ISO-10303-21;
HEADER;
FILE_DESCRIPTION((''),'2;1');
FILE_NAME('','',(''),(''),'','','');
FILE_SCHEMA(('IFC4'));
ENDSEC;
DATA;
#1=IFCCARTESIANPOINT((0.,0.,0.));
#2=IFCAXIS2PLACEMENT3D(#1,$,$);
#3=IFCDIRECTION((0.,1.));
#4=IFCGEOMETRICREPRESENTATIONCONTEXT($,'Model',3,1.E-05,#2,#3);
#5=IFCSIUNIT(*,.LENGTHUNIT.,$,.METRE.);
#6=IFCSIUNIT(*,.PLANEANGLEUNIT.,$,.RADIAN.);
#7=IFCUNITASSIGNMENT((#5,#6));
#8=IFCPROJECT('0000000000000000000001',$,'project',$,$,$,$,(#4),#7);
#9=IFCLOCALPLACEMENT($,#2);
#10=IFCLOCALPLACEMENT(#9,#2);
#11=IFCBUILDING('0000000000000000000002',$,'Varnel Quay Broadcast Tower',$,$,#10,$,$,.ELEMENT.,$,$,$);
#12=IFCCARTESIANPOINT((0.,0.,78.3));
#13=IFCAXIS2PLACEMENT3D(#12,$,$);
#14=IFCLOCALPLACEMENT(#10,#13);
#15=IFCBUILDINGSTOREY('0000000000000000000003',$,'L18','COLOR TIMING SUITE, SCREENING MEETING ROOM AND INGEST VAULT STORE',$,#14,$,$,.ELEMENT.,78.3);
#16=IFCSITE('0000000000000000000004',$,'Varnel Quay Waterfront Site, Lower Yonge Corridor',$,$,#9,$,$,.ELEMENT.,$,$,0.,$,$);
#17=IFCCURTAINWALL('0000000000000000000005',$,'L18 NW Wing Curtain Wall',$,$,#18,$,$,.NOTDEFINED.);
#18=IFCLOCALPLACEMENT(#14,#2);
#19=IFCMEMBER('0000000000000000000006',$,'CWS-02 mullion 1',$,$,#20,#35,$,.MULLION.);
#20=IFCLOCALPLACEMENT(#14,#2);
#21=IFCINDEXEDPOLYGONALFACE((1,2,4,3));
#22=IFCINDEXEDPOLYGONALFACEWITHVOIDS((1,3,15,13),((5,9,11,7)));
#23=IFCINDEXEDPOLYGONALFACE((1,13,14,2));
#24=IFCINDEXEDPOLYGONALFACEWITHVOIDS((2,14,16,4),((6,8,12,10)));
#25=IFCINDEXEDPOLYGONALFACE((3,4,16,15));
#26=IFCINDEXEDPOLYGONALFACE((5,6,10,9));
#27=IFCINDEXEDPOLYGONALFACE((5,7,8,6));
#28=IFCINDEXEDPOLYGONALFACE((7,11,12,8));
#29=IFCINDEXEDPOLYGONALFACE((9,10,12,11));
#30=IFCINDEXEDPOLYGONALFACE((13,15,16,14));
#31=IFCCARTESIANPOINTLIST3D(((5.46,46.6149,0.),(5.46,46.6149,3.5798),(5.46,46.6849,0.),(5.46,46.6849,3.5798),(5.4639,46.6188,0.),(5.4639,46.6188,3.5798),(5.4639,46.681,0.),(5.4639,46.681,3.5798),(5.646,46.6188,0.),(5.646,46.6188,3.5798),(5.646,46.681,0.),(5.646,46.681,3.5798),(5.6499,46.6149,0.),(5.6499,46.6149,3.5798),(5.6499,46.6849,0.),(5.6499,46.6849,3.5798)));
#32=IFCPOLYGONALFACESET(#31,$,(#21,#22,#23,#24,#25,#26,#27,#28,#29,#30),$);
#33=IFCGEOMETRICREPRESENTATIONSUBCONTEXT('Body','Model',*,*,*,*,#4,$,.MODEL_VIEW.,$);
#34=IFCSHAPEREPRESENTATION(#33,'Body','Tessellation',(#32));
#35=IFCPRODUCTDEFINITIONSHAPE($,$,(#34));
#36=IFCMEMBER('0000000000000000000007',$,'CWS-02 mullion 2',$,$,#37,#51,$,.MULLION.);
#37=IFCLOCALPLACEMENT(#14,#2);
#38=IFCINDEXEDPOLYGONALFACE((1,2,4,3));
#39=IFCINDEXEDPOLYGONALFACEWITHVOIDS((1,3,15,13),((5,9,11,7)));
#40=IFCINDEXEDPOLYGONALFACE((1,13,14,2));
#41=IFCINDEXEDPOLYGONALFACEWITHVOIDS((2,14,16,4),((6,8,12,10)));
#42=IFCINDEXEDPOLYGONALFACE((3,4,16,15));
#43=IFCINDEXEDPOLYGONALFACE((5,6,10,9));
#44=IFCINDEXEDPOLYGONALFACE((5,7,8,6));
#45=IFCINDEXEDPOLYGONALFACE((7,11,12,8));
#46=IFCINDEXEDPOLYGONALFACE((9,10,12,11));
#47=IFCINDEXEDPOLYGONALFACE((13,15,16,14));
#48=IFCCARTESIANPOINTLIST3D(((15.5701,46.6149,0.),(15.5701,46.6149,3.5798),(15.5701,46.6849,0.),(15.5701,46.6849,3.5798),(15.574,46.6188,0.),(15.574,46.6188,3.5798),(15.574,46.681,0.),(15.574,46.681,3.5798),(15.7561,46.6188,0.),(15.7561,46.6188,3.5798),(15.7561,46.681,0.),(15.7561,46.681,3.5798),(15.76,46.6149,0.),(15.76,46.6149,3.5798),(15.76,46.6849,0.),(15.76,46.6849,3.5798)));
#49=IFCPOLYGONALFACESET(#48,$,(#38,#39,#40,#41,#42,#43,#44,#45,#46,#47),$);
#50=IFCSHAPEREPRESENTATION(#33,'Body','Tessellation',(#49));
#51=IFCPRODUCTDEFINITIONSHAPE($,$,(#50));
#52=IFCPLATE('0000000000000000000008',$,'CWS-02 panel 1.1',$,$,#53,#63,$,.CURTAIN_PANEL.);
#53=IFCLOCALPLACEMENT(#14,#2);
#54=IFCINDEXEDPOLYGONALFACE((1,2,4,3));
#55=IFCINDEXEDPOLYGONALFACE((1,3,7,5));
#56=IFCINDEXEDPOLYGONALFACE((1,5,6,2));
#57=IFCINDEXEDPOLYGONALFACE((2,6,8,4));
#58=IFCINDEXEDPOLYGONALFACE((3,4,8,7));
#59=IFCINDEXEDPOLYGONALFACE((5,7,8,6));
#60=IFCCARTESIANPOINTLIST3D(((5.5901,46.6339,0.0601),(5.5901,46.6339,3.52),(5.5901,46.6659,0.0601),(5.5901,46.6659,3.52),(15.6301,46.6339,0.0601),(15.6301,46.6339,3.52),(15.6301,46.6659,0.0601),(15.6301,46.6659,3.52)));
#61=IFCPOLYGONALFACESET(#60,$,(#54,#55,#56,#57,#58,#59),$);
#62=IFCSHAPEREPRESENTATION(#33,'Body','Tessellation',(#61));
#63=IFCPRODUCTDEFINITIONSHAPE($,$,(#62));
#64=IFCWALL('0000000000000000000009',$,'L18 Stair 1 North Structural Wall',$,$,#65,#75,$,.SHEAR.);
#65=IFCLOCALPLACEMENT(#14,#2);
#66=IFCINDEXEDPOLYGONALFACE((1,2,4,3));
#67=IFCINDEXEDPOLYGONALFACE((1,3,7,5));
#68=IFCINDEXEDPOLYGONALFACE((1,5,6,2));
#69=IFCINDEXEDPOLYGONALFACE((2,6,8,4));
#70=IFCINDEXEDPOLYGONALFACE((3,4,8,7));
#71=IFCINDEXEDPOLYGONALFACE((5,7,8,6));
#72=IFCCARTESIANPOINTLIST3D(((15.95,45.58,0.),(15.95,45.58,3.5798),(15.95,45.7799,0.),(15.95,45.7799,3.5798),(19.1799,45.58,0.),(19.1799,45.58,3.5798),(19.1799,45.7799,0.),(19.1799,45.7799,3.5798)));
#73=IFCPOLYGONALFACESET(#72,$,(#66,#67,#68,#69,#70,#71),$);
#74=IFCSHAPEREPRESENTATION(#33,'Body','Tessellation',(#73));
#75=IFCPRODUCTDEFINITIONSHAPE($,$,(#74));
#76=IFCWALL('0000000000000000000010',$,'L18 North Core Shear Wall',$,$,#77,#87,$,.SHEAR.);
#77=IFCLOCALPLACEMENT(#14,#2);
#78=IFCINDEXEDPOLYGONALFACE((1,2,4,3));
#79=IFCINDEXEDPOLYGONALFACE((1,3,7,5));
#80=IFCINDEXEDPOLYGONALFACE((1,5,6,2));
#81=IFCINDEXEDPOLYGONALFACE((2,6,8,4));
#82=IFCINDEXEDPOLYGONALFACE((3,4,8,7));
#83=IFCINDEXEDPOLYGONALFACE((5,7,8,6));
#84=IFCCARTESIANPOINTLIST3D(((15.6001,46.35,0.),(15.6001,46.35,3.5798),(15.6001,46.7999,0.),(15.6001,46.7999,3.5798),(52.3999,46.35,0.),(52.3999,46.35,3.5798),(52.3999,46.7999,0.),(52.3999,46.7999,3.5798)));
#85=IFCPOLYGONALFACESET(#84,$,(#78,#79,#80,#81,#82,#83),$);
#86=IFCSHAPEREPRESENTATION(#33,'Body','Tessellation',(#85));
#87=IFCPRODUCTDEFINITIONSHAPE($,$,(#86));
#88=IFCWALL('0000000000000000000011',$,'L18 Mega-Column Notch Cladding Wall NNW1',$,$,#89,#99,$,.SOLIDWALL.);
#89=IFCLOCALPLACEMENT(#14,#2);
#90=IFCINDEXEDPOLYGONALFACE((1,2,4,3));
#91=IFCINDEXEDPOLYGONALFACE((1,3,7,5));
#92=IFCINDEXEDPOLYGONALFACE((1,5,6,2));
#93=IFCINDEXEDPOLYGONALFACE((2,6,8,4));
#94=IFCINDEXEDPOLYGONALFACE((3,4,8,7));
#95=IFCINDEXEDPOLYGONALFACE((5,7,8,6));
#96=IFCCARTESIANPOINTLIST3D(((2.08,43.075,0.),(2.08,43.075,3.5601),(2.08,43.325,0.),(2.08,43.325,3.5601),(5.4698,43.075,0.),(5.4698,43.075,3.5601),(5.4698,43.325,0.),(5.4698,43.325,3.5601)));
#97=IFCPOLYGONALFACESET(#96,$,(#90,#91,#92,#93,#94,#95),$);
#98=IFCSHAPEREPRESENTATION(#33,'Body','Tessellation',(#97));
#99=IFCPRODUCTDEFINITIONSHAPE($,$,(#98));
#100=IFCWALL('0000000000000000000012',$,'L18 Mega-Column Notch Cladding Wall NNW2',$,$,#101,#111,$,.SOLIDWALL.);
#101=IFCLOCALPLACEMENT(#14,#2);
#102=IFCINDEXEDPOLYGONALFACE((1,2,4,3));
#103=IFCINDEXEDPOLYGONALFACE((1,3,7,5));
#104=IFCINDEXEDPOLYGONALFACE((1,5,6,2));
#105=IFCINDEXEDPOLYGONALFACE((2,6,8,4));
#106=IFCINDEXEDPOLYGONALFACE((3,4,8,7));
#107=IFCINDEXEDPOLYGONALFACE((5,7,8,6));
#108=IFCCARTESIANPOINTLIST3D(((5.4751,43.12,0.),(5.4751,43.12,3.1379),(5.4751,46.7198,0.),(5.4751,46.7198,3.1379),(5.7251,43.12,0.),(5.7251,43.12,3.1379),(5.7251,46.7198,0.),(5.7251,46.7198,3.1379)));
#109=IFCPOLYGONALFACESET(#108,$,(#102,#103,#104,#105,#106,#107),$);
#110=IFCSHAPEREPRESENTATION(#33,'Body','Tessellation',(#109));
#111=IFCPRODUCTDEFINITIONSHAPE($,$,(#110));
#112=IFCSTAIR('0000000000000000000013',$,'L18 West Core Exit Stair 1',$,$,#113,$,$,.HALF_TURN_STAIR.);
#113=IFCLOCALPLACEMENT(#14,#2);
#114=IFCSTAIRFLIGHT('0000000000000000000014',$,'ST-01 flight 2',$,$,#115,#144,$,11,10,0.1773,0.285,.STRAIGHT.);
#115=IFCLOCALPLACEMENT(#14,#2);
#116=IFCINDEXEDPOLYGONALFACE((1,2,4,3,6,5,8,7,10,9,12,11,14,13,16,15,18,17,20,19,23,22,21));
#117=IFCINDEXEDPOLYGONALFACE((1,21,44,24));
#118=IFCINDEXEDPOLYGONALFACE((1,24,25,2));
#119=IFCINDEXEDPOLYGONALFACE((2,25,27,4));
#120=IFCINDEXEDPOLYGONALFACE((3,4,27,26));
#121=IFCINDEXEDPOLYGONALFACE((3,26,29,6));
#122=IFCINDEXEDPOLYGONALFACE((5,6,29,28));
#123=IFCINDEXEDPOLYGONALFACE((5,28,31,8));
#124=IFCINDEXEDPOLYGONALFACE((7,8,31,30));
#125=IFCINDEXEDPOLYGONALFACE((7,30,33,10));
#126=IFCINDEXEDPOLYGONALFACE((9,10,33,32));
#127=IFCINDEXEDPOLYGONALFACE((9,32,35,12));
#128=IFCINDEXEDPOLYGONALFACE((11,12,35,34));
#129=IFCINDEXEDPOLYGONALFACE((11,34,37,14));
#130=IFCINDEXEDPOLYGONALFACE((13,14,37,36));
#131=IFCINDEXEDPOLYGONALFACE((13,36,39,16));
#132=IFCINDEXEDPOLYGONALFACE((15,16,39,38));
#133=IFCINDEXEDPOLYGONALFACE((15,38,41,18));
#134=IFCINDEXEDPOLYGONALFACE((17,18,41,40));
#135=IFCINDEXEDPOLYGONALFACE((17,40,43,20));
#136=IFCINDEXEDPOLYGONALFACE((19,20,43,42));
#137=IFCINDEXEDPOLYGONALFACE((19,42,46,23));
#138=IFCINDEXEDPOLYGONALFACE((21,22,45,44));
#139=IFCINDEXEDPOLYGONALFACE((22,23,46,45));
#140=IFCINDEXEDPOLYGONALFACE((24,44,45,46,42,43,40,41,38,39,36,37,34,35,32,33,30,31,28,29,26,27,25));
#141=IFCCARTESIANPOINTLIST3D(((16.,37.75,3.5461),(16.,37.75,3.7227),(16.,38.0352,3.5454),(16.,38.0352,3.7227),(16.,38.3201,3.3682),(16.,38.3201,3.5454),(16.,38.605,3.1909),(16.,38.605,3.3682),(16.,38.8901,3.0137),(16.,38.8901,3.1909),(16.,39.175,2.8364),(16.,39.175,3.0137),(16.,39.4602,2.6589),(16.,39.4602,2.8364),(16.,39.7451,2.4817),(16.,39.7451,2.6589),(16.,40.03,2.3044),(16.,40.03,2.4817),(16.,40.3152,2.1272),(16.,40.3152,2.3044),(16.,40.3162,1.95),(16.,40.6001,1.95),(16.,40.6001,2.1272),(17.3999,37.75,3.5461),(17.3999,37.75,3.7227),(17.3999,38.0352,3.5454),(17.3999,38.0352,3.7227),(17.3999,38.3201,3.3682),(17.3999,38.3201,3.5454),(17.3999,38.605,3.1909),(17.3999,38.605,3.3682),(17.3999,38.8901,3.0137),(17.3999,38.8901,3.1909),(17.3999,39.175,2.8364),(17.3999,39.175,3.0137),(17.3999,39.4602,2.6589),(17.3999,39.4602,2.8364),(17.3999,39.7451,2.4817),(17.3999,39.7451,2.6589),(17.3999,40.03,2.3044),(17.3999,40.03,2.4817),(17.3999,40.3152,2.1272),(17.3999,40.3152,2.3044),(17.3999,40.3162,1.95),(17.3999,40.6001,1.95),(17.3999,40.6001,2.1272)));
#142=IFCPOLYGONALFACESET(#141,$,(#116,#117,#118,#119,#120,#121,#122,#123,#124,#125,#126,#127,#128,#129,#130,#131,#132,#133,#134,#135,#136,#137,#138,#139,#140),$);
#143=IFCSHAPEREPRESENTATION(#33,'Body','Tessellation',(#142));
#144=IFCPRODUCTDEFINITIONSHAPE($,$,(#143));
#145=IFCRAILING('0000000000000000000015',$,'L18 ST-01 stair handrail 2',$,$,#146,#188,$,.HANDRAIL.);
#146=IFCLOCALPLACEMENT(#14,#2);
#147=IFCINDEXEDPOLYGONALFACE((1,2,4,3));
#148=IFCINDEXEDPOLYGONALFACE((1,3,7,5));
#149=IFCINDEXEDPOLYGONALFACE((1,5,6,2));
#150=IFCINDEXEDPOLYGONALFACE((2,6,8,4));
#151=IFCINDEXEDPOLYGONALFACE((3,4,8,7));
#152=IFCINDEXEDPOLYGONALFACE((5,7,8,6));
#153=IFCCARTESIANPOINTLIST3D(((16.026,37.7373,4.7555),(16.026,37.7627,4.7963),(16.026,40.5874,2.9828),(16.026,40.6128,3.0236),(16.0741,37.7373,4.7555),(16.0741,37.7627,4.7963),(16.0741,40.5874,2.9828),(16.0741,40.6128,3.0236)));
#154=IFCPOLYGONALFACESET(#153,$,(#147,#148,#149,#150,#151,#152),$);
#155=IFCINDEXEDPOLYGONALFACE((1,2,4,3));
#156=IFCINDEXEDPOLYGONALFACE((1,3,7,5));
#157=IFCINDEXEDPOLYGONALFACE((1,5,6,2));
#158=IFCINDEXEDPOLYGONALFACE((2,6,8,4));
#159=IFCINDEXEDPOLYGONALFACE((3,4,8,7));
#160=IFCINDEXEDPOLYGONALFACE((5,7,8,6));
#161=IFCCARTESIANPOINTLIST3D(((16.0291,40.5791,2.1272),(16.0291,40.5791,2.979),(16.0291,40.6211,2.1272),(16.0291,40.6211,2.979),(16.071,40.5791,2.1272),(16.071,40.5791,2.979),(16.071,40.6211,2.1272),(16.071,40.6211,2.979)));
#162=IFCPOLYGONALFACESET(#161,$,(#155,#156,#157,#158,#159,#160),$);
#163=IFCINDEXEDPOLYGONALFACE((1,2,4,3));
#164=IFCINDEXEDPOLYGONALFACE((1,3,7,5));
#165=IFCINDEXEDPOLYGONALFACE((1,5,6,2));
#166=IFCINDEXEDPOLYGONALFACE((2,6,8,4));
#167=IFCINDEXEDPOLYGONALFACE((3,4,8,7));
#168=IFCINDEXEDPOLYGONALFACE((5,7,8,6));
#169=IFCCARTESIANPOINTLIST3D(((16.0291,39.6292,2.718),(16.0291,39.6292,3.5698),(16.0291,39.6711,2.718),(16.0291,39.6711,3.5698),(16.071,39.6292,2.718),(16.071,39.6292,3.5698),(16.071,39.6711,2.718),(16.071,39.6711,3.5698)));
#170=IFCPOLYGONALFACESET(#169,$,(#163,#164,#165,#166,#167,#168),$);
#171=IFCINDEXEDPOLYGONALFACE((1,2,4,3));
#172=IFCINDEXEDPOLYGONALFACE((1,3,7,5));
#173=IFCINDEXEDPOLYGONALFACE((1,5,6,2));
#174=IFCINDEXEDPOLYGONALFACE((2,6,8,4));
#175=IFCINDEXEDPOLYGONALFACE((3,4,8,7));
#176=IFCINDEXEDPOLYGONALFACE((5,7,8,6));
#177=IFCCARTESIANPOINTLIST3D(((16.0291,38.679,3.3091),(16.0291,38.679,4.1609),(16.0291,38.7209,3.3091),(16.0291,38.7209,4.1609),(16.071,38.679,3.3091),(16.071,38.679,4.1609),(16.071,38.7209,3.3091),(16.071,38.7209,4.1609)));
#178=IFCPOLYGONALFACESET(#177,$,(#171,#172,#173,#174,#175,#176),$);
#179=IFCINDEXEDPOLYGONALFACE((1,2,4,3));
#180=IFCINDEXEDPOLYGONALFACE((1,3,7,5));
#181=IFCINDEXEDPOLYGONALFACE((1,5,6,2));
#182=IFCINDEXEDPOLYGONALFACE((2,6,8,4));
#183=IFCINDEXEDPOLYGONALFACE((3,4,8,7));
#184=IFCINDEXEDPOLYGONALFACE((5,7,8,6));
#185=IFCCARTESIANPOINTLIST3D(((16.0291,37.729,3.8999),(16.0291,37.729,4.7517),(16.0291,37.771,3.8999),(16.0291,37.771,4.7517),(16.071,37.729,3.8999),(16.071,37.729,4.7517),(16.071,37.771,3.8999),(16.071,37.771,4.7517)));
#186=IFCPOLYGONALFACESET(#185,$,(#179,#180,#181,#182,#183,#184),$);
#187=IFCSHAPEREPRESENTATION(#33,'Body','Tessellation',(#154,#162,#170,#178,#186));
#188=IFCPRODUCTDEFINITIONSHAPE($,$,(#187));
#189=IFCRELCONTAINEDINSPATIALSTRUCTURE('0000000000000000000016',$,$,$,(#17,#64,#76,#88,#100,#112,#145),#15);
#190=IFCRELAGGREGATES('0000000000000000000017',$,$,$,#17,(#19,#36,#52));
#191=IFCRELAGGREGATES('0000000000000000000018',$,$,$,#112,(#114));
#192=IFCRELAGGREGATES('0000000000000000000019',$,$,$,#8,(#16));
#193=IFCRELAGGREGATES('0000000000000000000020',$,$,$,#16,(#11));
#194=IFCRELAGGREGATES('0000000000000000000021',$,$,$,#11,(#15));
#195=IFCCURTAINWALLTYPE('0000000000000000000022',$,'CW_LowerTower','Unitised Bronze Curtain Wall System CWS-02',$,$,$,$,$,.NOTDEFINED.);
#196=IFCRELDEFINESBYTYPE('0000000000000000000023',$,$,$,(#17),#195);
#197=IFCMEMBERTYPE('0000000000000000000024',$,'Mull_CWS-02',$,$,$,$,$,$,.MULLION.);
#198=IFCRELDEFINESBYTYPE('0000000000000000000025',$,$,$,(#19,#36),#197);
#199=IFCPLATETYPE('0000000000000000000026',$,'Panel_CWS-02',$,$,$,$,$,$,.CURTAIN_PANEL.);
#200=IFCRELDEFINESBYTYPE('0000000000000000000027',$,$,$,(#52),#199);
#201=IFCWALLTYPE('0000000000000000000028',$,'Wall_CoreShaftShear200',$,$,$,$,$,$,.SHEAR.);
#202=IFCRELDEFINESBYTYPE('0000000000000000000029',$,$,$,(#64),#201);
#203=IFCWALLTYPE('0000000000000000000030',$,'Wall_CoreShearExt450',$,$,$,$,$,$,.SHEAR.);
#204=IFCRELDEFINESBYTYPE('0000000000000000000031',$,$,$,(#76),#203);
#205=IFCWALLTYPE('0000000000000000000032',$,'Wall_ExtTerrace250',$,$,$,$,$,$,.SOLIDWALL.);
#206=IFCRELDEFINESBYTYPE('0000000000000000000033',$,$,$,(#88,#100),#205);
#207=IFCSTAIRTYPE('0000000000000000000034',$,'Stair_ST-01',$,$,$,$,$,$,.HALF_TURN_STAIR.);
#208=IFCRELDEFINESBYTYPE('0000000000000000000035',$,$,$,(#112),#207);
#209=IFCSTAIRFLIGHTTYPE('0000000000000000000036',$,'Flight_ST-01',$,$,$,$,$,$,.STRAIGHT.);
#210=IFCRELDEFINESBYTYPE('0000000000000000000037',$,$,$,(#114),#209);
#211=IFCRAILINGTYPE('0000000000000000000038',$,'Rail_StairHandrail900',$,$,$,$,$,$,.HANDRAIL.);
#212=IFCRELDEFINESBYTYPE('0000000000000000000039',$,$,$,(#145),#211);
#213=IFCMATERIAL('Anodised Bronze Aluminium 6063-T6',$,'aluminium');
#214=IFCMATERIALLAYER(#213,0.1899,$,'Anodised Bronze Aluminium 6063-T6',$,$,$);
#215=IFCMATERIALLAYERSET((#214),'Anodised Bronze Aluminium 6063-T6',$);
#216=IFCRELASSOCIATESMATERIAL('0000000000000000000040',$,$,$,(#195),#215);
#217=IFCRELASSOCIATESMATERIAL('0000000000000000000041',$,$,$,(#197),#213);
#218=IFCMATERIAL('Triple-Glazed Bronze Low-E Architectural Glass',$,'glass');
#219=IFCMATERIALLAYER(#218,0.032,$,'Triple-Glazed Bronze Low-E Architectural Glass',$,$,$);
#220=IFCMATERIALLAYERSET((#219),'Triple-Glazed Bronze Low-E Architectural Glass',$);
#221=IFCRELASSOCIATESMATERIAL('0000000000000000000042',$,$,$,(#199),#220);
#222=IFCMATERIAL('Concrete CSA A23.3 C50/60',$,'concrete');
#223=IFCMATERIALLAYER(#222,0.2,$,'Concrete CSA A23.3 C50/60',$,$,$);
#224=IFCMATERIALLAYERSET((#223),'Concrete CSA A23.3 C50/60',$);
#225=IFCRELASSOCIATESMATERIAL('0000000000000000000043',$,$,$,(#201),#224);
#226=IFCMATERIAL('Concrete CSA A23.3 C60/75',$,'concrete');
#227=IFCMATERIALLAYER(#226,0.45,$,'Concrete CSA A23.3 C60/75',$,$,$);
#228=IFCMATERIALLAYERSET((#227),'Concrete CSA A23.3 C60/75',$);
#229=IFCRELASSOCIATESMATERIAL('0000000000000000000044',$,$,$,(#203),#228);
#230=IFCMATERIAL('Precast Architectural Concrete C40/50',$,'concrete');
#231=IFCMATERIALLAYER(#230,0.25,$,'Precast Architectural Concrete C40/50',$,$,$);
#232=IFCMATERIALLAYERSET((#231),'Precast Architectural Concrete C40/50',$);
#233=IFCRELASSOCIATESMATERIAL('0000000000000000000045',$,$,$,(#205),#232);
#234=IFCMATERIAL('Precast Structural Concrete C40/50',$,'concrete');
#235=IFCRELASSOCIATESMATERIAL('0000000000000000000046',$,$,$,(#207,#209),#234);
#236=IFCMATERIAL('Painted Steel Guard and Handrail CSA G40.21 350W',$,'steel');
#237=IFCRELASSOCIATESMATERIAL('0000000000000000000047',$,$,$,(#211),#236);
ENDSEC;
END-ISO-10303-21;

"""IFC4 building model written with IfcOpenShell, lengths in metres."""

from ifc_helpers import new_model, si_unit, direction, frame, frame_2d, origin, origin_2d, place, context, subcontext, project, spatial, polyline, rectangle, hollow_rectangle, outline, extrude, source, transform, mapped, material, layer, layer_set, material_profile, profile_set, type_object, type_shapes, element, aggregate, save


model = new_model("IFC4")

# Units and contexts
model_context = context("Model", 3, precision=1e-05, world=origin(), true_north=direction((0.0, 1.0)))
body_context = subcontext(model_context, "Body", "Model", "MODEL_VIEW")
ifc_project = project(units=[si_unit("LENGTHUNIT", "METRE"), si_unit("PLANEANGLEUNIT", "RADIAN")], contexts=[model_context])

# Site, building, storey
site_placement = place(None, origin())
site = spatial("IfcSite", under=ifc_project, at=site_placement, Name="Varnel Quay Waterfront Site, Lower Yonge Corridor", CompositionType="ELEMENT", RefElevation=0.0)
building_placement = place(site_placement, origin())
building = spatial("IfcBuilding", under=site, at=building_placement, Name="Varnel Quay Broadcast Tower", CompositionType="ELEMENT")
storey_placement = place(building_placement, frame((0.0, 0.0, 78.3)))
storey = spatial("IfcBuildingStorey", under=building, at=storey_placement, Name="L18", Description="COLOR TIMING SUITE, SCREENING MEETING ROOM AND INGEST VAULT STORE", CompositionType="ELEMENT", Elevation=78.3)

# Curtain wall
ifc_material_1 = material(Name="Anodised Bronze Aluminium 6063-T6", Category="aluminium")
ifc_layer_1 = layer(ifc_material_1, 0.1899, Name="Anodised Bronze Aluminium 6063-T6")
ifc_layer_set_1 = layer_set([ifc_layer_1], Name="Anodised Bronze Aluminium 6063-T6")
curtain_wall_type = type_object("IfcCurtainWallType", Name="CW_LowerTower", Description="Unitised Bronze Curtain Wall System CWS-02", PredefinedType="NOTDEFINED", material=ifc_layer_set_1)
curtain_wall_1_placement = place(storey_placement, origin())
curtain_wall_1 = element("IfcCurtainWall", 1, at=curtain_wall_1_placement, inside=storey, type_object=curtain_wall_type, Name="L18 NW Wing Curtain Wall", PredefinedType="NOTDEFINED")

# Shared definitions
ifc_material_profile_1 = material_profile(ifc_material_1, hollow_rectangle(XDim=0.0701, YDim=0.1899, WallThickness=0.0039, at=origin_2d()), Name="ALU70X190X4")
ifc_profile_set_1 = profile_set([ifc_material_profile_1], Name="Anodised Bronze Aluminium 6063-T6")
member_type_1 = type_object("IfcMemberType", Name="Mull_CWS-02", PredefinedType="MULLION", material=ifc_profile_set_1)
shared_shape_1 = source(origin(), body_context, "Body", "SweptSolid", [
    extrude(hollow_rectangle(XDim=0.0701, YDim=0.1899, WallThickness=0.0039, at=origin_2d()), origin(), (0.0, 0.0, 1.0), 3.5798),
])
type_shapes(member_type_1, [shared_shape_1])

# Members
member_1_placement = place(storey_placement, frame((5.5549, 46.6499, 0.0), z_axis=(0.0, 0.0, 1.0), x_axis=(0.0, 1.0, 0.0)))
member_1 = element("IfcMember", 2, at=member_1_placement, type_object=member_type_1, Name="CWS-02 mullion 1", PredefinedType="MULLION", context=body_context, shape_type="MappedRepresentation", body=[
    mapped(shared_shape_1, transform((0.0, 0.0, 0.0), x_axis=(1.0, 0.0, 0.0), y_axis=(0.0, 1.0, 0.0), z_axis=(0.0, 0.0, 1.0), scale=1.0)),
])
member_2_placement = place(storey_placement, frame((15.665, 46.6499, 0.0), z_axis=(0.0, 0.0, 1.0), x_axis=(0.0, 1.0, 0.0)))
member_2 = element("IfcMember", 3, at=member_2_placement, type_object=member_type_1, Name="CWS-02 mullion 2", PredefinedType="MULLION", context=body_context, shape_type="MappedRepresentation", body=[
    mapped(shared_shape_1, transform((0.0, 0.0, 0.0), x_axis=(1.0, 0.0, 0.0), y_axis=(0.0, 1.0, 0.0), z_axis=(0.0, 0.0, 1.0), scale=1.0)),
])

# Plate
ifc_material_2 = material(Name="Triple-Glazed Bronze Low-E Architectural Glass", Category="glass")
ifc_layer_2 = layer(ifc_material_2, 0.032, Name="Triple-Glazed Bronze Low-E Architectural Glass")
ifc_layer_set_2 = layer_set([ifc_layer_2], Name="Triple-Glazed Bronze Low-E Architectural Glass")
plate_type = type_object("IfcPlateType", Name="Panel_CWS-02", PredefinedType="CURTAIN_PANEL", material=ifc_layer_set_2)
shared_shape_2 = source(origin(), body_context, "Body", "SweptSolid", [
    extrude(rectangle(XDim=10.04, YDim=0.032, at=origin_2d()), origin(), (0.0, 0.0, 1.0), 3.46),
])
type_shapes(plate_type, [shared_shape_2])
plate_placement = place(storey_placement, frame((10.6101, 46.6499, 0.0601), z_axis=(0.0, 0.0, 1.0), x_axis=(1.0, 0.0, 0.0)))
plate = element("IfcPlate", 4, at=plate_placement, type_object=plate_type, Name="CWS-02 panel 1.1", PredefinedType="CURTAIN_PANEL", context=body_context, shape_type="MappedRepresentation", body=[
    mapped(shared_shape_2, transform((0.0, 0.0, 0.0), x_axis=(1.0, 0.0, 0.0), y_axis=(0.0, 1.0, 0.0), z_axis=(0.0, 0.0, 1.0), scale=1.0)),
])
aggregate(curtain_wall_1, [member_1, member_2, plate])

# Walls
ifc_material_3 = material(Name="Concrete CSA A23.3 C50/60", Category="concrete")
ifc_layer_3 = layer(ifc_material_3, 0.2, Name="Concrete CSA A23.3 C50/60")
ifc_layer_set_3 = layer_set([ifc_layer_3], Name="Concrete CSA A23.3 C50/60")
wall_type_1 = type_object("IfcWallType", Name="Wall_CoreShaftShear200", PredefinedType="SHEAR", material=ifc_layer_set_3)
wall_1_placement = place(storey_placement, frame((15.95, 45.6799, 0.0), z_axis=(0.0, 0.0, 1.0), x_axis=(1.0, 0.0, 0.0)))
element("IfcWall", 5, at=wall_1_placement, inside=storey, type_object=wall_type_1, Name="L18 Stair 1 North Structural Wall", PredefinedType="SHEAR", context=body_context, shape_type="SweptSolid", body=[
    extrude(rectangle(XDim=3.23, YDim=0.2, at=frame_2d((1.615, 0.0))), origin(), (0.0, 0.0, 1.0), 3.5798),
])
ifc_material_4 = material(Name="Concrete CSA A23.3 C60/75", Category="concrete")
ifc_layer_4 = layer(ifc_material_4, 0.45, Name="Concrete CSA A23.3 C60/75")
ifc_layer_set_4 = layer_set([ifc_layer_4], Name="Concrete CSA A23.3 C60/75")
wall_type_2 = type_object("IfcWallType", Name="Wall_CoreShearExt450", PredefinedType="SHEAR", material=ifc_layer_set_4)
wall_2_placement = place(storey_placement, frame((15.6001, 46.575, 0.0), z_axis=(0.0, 0.0, 1.0), x_axis=(1.0, 0.0, 0.0)))
element("IfcWall", 6, at=wall_2_placement, inside=storey, type_object=wall_type_2, Name="L18 North Core Shear Wall", PredefinedType="SHEAR", context=body_context, shape_type="SweptSolid", body=[
    extrude(rectangle(XDim=36.7998, YDim=0.45, at=frame_2d((18.3999, 0.0))), origin(), (0.0, 0.0, 1.0), 3.5798),
])
ifc_material_5 = material(Name="Precast Architectural Concrete C40/50", Category="concrete")
ifc_layer_5 = layer(ifc_material_5, 0.25, Name="Precast Architectural Concrete C40/50")
ifc_layer_set_5 = layer_set([ifc_layer_5], Name="Precast Architectural Concrete C40/50")
wall_type_3 = type_object("IfcWallType", Name="Wall_ExtTerrace250", PredefinedType="SOLIDWALL", material=ifc_layer_set_5)
wall_3_placement = place(storey_placement, frame((2.0801, 43.2, 0.0), z_axis=(0.0, 0.0, 1.0), x_axis=(1.0, 0.0, 0.0)))
element("IfcWall", 7, at=wall_3_placement, inside=storey, type_object=wall_type_3, Name="L18 Mega-Column Notch Cladding Wall NNW1", PredefinedType="SOLIDWALL", context=body_context, shape_type="SweptSolid", body=[
    extrude(rectangle(XDim=3.3899, YDim=0.25, at=frame_2d((1.6948, 0.0))), origin(), (0.0, 0.0, 1.0), 3.5601),
])
wall_4_placement = place(storey_placement, frame((5.6001, 43.1201, 0.0), z_axis=(0.0, 0.0, 1.0), x_axis=(0.0, 1.0, 0.0)))
element("IfcWall", 8, at=wall_4_placement, inside=storey, type_object=wall_type_3, Name="L18 Mega-Column Notch Cladding Wall NNW2", PredefinedType="SOLIDWALL", context=body_context, shape_type="SweptSolid", body=[
    extrude(rectangle(XDim=3.5999, YDim=0.25, at=frame_2d((1.7998, 0.0))), origin(), (0.0, 0.0, 1.0), 3.1379),
])

# Stair, stair flight
ifc_material_6 = material(Name="Precast Structural Concrete C40/50", Category="concrete")
stair_type = type_object("IfcStairType", Name="Stair_ST-01", PredefinedType="HALF_TURN_STAIR", material=ifc_material_6)
stair_placement = place(storey_placement, origin())
stair = element("IfcStair", 9, at=stair_placement, inside=storey, type_object=stair_type, Name="L18 West Core Exit Stair 1", PredefinedType="HALF_TURN_STAIR")
stair_flight_type = type_object("IfcStairFlightType", Name="Flight_ST-01", PredefinedType="STRAIGHT", material=ifc_material_6)
stair_flight_placement = place(storey_placement, frame((16.7, 40.6001, 1.95), z_axis=(0.0, 0.0, 1.0), x_axis=(0.0, -1.0, 0.0)))
stair_flight = element("IfcStairFlight", 10, at=stair_flight_placement, type_object=stair_flight_type, Name="ST-01 flight 2", NumberOfRisers=11, NumberOfTreads=10, PredefinedType="STRAIGHT", RiserHeight=0.1773, TreadLength=0.285, context=body_context, shape_type="SweptSolid", body=[
    extrude(outline(polyline([(0.0, 0.0), (0.0, 0.1772), (0.2849, 0.1772), (0.2849, 0.3545), (0.5701, 0.3545), (0.5701, 0.5317), (0.855, 0.5317), (0.855, 0.709), (1.1399, 0.709), (1.1399, 0.8865), (1.425, 0.8865), (1.425, 1.0637), (1.71, 1.0637), (1.71, 1.241), (1.9951, 1.241), (1.9951, 1.4182), (2.28, 1.4182), (2.28, 1.5955), (2.5649, 1.5955), (2.5649, 1.7727), (2.8501, 1.7727), (2.8501, 1.95), (2.8501, 1.5962), (0.2839, 0.0), (0.0, 0.0)])), frame((0.0, 0.7, 0.0), z_axis=(0.0, -1.0, 0.0), x_axis=(1.0, 0.0, 0.0)), (0.0, 0.0, 1.0), 1.3999),
])
aggregate(stair, [stair_flight])

# Railing
ifc_material_7 = material(Name="Painted Steel Guard and Handrail CSA G40.21 350W", Category="steel")
railing_type = type_object("IfcRailingType", Name="Rail_StairHandrail900", PredefinedType="HANDRAIL", material=ifc_material_7)
railing_placement = place(storey_placement, frame((16.05, 40.6001, 2.1272)))
element("IfcRailing", 11, at=railing_placement, inside=storey, type_object=railing_type, Name="L18 ST-01 stair handrail 2", PredefinedType="HANDRAIL", context=body_context, shape_type="SweptSolid", body=[
    extrude(rectangle(XDim=0.0481, YDim=0.0481, at=origin_2d()), frame((0.0, 0.0, 0.876), z_axis=(0.0, -0.849149, 0.528154), x_axis=(1.0, 0.0, 0.0)), (0.0, 0.0, 1.0), 3.3564),
    extrude(rectangle(XDim=0.042, YDim=0.042, at=origin_2d()), origin(), (0.0, 0.0, 1.0), 0.8518),
    extrude(rectangle(XDim=0.042, YDim=0.042, at=origin_2d()), frame((0.0, -0.95, 0.5908)), (0.0, 0.0, 1.0), 0.8518),
    extrude(rectangle(XDim=0.042, YDim=0.042, at=origin_2d()), frame((0.0, -1.9001, 1.1819)), (0.0, 0.0, 1.0), 0.8518),
    extrude(rectangle(XDim=0.042, YDim=0.042, at=origin_2d()), frame((0.0, -2.8501, 1.7727)), (0.0, 0.0, 1.0), 0.8518),
])

save(model, "model.ifc")
